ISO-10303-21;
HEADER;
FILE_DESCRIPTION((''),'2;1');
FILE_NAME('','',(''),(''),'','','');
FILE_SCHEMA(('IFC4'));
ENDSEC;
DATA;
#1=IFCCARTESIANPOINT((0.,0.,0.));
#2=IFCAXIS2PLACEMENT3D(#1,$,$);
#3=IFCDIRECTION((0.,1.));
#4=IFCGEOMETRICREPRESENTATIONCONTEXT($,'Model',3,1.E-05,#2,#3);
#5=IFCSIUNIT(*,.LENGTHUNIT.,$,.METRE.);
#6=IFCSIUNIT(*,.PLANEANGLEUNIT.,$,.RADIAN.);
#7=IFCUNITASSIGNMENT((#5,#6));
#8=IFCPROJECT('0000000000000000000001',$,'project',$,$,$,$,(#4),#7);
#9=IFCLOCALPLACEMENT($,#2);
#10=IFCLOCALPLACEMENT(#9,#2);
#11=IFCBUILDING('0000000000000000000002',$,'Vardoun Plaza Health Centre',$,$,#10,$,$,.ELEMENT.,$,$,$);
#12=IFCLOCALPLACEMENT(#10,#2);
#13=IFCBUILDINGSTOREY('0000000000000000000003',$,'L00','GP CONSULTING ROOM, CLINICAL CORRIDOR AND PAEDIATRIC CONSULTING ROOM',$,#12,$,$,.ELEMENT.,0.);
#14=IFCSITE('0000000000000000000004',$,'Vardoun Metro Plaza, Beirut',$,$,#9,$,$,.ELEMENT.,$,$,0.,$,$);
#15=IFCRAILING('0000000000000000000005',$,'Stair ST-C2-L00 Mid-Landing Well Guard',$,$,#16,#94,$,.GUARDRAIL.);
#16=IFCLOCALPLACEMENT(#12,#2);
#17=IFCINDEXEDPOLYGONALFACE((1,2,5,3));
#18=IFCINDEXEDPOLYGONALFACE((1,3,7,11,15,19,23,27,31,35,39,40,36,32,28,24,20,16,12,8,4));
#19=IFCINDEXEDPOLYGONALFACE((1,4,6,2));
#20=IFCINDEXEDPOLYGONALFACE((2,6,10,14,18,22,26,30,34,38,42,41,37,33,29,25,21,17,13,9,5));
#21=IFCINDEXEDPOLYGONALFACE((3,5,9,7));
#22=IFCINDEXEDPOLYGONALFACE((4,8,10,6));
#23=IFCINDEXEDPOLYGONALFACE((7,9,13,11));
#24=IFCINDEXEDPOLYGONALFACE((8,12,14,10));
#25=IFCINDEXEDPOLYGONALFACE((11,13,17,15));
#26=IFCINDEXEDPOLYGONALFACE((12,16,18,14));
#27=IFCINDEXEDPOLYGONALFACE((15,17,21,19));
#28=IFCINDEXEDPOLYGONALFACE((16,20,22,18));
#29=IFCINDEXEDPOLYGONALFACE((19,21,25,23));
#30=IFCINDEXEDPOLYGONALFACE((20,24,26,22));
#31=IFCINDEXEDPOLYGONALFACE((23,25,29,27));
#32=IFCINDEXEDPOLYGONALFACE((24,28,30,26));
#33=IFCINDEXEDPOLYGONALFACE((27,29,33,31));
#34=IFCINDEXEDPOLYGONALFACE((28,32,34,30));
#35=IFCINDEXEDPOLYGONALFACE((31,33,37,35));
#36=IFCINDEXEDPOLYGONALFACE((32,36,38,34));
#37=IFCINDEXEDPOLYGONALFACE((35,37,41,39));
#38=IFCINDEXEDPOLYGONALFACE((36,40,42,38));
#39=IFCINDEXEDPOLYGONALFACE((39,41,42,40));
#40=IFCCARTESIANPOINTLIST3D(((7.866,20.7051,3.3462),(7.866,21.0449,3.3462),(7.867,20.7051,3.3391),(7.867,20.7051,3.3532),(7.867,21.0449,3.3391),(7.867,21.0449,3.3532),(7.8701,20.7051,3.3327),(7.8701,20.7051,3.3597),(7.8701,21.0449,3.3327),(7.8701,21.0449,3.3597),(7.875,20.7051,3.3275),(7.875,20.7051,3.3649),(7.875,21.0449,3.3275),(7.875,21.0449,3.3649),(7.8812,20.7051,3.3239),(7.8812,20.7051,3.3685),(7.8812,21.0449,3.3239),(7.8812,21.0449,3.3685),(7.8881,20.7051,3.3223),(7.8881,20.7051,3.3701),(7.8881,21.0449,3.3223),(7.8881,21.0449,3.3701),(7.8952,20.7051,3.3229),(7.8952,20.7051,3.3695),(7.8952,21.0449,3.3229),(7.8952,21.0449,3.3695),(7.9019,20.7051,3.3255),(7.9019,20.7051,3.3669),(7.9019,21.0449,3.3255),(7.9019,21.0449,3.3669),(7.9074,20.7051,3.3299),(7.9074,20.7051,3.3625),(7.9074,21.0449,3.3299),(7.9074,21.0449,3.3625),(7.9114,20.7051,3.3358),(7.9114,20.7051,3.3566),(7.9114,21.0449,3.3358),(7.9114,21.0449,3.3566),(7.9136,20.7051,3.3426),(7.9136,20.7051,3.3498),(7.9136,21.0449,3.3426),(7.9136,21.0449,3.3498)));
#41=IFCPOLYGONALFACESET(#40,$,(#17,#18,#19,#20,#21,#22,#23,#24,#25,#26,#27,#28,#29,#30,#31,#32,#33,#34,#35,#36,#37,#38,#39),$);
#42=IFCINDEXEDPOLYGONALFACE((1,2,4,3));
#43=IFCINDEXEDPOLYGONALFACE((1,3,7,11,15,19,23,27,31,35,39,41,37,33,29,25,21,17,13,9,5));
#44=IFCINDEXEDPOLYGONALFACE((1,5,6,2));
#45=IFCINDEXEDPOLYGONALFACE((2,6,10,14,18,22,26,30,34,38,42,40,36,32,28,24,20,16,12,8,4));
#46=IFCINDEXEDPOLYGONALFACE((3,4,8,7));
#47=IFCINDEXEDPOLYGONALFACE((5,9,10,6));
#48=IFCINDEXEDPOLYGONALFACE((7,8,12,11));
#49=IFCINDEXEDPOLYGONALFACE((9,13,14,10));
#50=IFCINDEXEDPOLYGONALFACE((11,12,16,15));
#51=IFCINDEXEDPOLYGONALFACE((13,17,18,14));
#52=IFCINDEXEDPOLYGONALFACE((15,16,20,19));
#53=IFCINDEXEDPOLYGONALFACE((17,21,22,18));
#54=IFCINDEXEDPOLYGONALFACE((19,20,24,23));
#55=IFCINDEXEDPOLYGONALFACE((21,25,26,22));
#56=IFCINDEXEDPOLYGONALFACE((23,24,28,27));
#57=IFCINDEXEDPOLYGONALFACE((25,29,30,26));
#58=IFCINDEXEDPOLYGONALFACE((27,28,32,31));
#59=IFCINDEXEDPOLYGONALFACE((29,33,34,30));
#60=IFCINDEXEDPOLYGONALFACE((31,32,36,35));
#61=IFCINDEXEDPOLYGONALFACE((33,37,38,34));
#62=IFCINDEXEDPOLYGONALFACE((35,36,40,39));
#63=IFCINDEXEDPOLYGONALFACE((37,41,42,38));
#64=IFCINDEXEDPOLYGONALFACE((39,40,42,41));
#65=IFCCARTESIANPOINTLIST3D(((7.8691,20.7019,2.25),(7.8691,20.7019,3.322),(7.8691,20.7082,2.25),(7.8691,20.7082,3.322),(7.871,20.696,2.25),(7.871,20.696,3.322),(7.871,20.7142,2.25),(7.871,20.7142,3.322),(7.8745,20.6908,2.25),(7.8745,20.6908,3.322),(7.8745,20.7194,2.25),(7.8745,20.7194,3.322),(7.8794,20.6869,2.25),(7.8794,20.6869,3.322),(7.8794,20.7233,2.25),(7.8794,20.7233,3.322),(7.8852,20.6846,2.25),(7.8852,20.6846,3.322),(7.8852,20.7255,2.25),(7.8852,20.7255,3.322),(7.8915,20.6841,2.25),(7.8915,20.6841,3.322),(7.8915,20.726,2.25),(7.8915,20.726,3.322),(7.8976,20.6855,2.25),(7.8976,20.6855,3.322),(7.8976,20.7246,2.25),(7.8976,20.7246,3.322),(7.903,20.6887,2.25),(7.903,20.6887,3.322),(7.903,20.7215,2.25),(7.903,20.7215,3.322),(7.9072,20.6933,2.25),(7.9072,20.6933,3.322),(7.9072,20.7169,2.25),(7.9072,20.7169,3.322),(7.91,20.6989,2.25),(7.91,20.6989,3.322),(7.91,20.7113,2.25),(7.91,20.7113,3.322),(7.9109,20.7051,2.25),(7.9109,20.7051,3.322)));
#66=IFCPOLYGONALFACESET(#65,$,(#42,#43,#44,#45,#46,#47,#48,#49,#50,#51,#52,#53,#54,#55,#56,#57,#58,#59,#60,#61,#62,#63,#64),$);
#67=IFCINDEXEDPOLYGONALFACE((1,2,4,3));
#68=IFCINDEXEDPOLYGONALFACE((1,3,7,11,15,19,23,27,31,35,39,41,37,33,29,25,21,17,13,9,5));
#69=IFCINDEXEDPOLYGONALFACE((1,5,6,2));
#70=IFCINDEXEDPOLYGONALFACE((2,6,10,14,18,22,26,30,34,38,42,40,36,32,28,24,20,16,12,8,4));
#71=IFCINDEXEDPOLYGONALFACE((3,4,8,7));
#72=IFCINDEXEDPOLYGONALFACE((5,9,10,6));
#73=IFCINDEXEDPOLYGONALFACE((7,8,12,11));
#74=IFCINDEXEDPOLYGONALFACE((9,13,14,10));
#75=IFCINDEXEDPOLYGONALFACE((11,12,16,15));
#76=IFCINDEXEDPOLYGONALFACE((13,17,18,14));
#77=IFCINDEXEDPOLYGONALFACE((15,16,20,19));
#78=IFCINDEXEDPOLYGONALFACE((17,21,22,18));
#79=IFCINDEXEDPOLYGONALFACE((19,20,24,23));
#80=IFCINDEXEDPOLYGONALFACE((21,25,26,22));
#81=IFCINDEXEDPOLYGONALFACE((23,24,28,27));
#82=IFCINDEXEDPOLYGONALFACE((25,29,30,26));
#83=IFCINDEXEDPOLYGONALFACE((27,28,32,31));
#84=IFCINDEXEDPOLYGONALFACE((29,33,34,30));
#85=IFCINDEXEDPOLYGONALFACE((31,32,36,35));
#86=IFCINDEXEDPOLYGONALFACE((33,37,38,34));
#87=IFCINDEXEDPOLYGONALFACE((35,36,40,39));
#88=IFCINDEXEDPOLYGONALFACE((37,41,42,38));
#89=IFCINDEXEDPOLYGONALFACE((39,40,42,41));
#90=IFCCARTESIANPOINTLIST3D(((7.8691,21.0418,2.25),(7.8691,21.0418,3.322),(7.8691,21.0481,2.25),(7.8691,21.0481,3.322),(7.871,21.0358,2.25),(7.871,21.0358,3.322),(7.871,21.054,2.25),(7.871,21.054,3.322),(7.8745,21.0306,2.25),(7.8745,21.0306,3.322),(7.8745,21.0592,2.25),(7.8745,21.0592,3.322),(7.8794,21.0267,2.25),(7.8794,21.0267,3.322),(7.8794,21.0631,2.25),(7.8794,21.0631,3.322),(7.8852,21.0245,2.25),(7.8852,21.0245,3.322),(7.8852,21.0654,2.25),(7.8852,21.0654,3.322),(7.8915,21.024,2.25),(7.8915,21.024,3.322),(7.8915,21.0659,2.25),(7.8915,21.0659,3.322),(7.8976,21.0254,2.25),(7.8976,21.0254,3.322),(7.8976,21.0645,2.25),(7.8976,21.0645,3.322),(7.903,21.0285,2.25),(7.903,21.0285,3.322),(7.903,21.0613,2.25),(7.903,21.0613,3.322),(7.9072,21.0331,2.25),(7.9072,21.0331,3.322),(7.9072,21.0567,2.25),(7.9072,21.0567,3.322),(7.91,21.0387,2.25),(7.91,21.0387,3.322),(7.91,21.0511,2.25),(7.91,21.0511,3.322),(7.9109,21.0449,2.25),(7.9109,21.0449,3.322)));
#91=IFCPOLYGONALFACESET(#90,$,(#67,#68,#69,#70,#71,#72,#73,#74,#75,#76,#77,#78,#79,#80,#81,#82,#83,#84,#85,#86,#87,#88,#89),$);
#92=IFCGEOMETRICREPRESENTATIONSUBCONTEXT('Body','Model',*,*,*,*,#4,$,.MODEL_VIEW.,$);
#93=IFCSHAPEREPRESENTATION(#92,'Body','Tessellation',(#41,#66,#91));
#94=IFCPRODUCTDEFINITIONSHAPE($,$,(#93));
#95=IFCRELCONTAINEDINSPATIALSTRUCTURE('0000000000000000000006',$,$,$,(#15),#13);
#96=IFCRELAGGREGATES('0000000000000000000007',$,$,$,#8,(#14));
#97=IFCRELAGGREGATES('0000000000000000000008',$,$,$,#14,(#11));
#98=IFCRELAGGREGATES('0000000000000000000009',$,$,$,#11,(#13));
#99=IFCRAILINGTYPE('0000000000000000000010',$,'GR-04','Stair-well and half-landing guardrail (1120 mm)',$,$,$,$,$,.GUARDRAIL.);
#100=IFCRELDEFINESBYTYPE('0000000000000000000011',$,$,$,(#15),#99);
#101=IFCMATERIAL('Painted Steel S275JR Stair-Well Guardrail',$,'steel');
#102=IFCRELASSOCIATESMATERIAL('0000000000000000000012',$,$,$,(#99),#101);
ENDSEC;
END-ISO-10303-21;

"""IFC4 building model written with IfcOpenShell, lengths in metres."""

from ifc_helpers import new_model, si_unit, direction, frame, origin, origin_2d, place, context, subcontext, project, spatial, circle, extrude, material, type_object, element, save


model = new_model("IFC4")

# Units and contexts
model_context = context("Model", 3, precision=1e-05, world=origin(), true_north=direction((0.0, 1.0)))
body_context = subcontext(model_context, "Body", "Model", "MODEL_VIEW")
ifc_project = project(units=[si_unit("LENGTHUNIT", "METRE"), si_unit("PLANEANGLEUNIT", "RADIAN")], contexts=[model_context])

# Site, building, storey
site_placement = place(None, origin())
site = spatial("IfcSite", under=ifc_project, at=site_placement, Name="Vardoun Metro Plaza, Beirut", CompositionType="ELEMENT", RefElevation=0.0)
building_placement = place(site_placement, origin())
building = spatial("IfcBuilding", under=site, at=building_placement, Name="Vardoun Plaza Health Centre", CompositionType="ELEMENT")
storey_placement = place(building_placement, origin())
storey = spatial("IfcBuildingStorey", under=building, at=storey_placement, Name="L00", Description="GP CONSULTING ROOM, CLINICAL CORRIDOR AND PAEDIATRIC CONSULTING ROOM", CompositionType="ELEMENT", Elevation=0.0)

# Railing
ifc_material_1 = material(Name="Painted Steel S275JR Stair-Well Guardrail", Category="steel")
railing_type_1 = type_object("IfcRailingType", Name="GR-04", Description="Stair-well and half-landing guardrail (1120 mm)", PredefinedType="GUARDRAIL", material=ifc_material_1)
railing_1_placement = place(storey_placement, frame((7.8899, 20.7051, 2.25)))
element("IfcRailing", 1, at=railing_1_placement, inside=storey, type_object=railing_type_1, Name="Stair ST-C2-L00 Mid-Landing Well Guard", PredefinedType="GUARDRAIL", context=body_context, shape_type="SweptSolid", body=[
    extrude(circle(Radius=0.0239, at=origin_2d()), frame((0.0, 0.0, 1.0962), z_axis=(0.0, 1.0, 0.0), x_axis=(-1.0, 0.0, 0.0)), (0.0, 0.0, 1.0), 0.3398),
    extrude(circle(Radius=0.021, at=origin_2d()), origin(), (0.0, 0.0, 1.0), 1.072),
    extrude(circle(Radius=0.021, at=origin_2d()), frame((0.0, 0.3398, 0.0)), (0.0, 0.0, 1.0), 1.072),
])

save(model, "model.ifc")
